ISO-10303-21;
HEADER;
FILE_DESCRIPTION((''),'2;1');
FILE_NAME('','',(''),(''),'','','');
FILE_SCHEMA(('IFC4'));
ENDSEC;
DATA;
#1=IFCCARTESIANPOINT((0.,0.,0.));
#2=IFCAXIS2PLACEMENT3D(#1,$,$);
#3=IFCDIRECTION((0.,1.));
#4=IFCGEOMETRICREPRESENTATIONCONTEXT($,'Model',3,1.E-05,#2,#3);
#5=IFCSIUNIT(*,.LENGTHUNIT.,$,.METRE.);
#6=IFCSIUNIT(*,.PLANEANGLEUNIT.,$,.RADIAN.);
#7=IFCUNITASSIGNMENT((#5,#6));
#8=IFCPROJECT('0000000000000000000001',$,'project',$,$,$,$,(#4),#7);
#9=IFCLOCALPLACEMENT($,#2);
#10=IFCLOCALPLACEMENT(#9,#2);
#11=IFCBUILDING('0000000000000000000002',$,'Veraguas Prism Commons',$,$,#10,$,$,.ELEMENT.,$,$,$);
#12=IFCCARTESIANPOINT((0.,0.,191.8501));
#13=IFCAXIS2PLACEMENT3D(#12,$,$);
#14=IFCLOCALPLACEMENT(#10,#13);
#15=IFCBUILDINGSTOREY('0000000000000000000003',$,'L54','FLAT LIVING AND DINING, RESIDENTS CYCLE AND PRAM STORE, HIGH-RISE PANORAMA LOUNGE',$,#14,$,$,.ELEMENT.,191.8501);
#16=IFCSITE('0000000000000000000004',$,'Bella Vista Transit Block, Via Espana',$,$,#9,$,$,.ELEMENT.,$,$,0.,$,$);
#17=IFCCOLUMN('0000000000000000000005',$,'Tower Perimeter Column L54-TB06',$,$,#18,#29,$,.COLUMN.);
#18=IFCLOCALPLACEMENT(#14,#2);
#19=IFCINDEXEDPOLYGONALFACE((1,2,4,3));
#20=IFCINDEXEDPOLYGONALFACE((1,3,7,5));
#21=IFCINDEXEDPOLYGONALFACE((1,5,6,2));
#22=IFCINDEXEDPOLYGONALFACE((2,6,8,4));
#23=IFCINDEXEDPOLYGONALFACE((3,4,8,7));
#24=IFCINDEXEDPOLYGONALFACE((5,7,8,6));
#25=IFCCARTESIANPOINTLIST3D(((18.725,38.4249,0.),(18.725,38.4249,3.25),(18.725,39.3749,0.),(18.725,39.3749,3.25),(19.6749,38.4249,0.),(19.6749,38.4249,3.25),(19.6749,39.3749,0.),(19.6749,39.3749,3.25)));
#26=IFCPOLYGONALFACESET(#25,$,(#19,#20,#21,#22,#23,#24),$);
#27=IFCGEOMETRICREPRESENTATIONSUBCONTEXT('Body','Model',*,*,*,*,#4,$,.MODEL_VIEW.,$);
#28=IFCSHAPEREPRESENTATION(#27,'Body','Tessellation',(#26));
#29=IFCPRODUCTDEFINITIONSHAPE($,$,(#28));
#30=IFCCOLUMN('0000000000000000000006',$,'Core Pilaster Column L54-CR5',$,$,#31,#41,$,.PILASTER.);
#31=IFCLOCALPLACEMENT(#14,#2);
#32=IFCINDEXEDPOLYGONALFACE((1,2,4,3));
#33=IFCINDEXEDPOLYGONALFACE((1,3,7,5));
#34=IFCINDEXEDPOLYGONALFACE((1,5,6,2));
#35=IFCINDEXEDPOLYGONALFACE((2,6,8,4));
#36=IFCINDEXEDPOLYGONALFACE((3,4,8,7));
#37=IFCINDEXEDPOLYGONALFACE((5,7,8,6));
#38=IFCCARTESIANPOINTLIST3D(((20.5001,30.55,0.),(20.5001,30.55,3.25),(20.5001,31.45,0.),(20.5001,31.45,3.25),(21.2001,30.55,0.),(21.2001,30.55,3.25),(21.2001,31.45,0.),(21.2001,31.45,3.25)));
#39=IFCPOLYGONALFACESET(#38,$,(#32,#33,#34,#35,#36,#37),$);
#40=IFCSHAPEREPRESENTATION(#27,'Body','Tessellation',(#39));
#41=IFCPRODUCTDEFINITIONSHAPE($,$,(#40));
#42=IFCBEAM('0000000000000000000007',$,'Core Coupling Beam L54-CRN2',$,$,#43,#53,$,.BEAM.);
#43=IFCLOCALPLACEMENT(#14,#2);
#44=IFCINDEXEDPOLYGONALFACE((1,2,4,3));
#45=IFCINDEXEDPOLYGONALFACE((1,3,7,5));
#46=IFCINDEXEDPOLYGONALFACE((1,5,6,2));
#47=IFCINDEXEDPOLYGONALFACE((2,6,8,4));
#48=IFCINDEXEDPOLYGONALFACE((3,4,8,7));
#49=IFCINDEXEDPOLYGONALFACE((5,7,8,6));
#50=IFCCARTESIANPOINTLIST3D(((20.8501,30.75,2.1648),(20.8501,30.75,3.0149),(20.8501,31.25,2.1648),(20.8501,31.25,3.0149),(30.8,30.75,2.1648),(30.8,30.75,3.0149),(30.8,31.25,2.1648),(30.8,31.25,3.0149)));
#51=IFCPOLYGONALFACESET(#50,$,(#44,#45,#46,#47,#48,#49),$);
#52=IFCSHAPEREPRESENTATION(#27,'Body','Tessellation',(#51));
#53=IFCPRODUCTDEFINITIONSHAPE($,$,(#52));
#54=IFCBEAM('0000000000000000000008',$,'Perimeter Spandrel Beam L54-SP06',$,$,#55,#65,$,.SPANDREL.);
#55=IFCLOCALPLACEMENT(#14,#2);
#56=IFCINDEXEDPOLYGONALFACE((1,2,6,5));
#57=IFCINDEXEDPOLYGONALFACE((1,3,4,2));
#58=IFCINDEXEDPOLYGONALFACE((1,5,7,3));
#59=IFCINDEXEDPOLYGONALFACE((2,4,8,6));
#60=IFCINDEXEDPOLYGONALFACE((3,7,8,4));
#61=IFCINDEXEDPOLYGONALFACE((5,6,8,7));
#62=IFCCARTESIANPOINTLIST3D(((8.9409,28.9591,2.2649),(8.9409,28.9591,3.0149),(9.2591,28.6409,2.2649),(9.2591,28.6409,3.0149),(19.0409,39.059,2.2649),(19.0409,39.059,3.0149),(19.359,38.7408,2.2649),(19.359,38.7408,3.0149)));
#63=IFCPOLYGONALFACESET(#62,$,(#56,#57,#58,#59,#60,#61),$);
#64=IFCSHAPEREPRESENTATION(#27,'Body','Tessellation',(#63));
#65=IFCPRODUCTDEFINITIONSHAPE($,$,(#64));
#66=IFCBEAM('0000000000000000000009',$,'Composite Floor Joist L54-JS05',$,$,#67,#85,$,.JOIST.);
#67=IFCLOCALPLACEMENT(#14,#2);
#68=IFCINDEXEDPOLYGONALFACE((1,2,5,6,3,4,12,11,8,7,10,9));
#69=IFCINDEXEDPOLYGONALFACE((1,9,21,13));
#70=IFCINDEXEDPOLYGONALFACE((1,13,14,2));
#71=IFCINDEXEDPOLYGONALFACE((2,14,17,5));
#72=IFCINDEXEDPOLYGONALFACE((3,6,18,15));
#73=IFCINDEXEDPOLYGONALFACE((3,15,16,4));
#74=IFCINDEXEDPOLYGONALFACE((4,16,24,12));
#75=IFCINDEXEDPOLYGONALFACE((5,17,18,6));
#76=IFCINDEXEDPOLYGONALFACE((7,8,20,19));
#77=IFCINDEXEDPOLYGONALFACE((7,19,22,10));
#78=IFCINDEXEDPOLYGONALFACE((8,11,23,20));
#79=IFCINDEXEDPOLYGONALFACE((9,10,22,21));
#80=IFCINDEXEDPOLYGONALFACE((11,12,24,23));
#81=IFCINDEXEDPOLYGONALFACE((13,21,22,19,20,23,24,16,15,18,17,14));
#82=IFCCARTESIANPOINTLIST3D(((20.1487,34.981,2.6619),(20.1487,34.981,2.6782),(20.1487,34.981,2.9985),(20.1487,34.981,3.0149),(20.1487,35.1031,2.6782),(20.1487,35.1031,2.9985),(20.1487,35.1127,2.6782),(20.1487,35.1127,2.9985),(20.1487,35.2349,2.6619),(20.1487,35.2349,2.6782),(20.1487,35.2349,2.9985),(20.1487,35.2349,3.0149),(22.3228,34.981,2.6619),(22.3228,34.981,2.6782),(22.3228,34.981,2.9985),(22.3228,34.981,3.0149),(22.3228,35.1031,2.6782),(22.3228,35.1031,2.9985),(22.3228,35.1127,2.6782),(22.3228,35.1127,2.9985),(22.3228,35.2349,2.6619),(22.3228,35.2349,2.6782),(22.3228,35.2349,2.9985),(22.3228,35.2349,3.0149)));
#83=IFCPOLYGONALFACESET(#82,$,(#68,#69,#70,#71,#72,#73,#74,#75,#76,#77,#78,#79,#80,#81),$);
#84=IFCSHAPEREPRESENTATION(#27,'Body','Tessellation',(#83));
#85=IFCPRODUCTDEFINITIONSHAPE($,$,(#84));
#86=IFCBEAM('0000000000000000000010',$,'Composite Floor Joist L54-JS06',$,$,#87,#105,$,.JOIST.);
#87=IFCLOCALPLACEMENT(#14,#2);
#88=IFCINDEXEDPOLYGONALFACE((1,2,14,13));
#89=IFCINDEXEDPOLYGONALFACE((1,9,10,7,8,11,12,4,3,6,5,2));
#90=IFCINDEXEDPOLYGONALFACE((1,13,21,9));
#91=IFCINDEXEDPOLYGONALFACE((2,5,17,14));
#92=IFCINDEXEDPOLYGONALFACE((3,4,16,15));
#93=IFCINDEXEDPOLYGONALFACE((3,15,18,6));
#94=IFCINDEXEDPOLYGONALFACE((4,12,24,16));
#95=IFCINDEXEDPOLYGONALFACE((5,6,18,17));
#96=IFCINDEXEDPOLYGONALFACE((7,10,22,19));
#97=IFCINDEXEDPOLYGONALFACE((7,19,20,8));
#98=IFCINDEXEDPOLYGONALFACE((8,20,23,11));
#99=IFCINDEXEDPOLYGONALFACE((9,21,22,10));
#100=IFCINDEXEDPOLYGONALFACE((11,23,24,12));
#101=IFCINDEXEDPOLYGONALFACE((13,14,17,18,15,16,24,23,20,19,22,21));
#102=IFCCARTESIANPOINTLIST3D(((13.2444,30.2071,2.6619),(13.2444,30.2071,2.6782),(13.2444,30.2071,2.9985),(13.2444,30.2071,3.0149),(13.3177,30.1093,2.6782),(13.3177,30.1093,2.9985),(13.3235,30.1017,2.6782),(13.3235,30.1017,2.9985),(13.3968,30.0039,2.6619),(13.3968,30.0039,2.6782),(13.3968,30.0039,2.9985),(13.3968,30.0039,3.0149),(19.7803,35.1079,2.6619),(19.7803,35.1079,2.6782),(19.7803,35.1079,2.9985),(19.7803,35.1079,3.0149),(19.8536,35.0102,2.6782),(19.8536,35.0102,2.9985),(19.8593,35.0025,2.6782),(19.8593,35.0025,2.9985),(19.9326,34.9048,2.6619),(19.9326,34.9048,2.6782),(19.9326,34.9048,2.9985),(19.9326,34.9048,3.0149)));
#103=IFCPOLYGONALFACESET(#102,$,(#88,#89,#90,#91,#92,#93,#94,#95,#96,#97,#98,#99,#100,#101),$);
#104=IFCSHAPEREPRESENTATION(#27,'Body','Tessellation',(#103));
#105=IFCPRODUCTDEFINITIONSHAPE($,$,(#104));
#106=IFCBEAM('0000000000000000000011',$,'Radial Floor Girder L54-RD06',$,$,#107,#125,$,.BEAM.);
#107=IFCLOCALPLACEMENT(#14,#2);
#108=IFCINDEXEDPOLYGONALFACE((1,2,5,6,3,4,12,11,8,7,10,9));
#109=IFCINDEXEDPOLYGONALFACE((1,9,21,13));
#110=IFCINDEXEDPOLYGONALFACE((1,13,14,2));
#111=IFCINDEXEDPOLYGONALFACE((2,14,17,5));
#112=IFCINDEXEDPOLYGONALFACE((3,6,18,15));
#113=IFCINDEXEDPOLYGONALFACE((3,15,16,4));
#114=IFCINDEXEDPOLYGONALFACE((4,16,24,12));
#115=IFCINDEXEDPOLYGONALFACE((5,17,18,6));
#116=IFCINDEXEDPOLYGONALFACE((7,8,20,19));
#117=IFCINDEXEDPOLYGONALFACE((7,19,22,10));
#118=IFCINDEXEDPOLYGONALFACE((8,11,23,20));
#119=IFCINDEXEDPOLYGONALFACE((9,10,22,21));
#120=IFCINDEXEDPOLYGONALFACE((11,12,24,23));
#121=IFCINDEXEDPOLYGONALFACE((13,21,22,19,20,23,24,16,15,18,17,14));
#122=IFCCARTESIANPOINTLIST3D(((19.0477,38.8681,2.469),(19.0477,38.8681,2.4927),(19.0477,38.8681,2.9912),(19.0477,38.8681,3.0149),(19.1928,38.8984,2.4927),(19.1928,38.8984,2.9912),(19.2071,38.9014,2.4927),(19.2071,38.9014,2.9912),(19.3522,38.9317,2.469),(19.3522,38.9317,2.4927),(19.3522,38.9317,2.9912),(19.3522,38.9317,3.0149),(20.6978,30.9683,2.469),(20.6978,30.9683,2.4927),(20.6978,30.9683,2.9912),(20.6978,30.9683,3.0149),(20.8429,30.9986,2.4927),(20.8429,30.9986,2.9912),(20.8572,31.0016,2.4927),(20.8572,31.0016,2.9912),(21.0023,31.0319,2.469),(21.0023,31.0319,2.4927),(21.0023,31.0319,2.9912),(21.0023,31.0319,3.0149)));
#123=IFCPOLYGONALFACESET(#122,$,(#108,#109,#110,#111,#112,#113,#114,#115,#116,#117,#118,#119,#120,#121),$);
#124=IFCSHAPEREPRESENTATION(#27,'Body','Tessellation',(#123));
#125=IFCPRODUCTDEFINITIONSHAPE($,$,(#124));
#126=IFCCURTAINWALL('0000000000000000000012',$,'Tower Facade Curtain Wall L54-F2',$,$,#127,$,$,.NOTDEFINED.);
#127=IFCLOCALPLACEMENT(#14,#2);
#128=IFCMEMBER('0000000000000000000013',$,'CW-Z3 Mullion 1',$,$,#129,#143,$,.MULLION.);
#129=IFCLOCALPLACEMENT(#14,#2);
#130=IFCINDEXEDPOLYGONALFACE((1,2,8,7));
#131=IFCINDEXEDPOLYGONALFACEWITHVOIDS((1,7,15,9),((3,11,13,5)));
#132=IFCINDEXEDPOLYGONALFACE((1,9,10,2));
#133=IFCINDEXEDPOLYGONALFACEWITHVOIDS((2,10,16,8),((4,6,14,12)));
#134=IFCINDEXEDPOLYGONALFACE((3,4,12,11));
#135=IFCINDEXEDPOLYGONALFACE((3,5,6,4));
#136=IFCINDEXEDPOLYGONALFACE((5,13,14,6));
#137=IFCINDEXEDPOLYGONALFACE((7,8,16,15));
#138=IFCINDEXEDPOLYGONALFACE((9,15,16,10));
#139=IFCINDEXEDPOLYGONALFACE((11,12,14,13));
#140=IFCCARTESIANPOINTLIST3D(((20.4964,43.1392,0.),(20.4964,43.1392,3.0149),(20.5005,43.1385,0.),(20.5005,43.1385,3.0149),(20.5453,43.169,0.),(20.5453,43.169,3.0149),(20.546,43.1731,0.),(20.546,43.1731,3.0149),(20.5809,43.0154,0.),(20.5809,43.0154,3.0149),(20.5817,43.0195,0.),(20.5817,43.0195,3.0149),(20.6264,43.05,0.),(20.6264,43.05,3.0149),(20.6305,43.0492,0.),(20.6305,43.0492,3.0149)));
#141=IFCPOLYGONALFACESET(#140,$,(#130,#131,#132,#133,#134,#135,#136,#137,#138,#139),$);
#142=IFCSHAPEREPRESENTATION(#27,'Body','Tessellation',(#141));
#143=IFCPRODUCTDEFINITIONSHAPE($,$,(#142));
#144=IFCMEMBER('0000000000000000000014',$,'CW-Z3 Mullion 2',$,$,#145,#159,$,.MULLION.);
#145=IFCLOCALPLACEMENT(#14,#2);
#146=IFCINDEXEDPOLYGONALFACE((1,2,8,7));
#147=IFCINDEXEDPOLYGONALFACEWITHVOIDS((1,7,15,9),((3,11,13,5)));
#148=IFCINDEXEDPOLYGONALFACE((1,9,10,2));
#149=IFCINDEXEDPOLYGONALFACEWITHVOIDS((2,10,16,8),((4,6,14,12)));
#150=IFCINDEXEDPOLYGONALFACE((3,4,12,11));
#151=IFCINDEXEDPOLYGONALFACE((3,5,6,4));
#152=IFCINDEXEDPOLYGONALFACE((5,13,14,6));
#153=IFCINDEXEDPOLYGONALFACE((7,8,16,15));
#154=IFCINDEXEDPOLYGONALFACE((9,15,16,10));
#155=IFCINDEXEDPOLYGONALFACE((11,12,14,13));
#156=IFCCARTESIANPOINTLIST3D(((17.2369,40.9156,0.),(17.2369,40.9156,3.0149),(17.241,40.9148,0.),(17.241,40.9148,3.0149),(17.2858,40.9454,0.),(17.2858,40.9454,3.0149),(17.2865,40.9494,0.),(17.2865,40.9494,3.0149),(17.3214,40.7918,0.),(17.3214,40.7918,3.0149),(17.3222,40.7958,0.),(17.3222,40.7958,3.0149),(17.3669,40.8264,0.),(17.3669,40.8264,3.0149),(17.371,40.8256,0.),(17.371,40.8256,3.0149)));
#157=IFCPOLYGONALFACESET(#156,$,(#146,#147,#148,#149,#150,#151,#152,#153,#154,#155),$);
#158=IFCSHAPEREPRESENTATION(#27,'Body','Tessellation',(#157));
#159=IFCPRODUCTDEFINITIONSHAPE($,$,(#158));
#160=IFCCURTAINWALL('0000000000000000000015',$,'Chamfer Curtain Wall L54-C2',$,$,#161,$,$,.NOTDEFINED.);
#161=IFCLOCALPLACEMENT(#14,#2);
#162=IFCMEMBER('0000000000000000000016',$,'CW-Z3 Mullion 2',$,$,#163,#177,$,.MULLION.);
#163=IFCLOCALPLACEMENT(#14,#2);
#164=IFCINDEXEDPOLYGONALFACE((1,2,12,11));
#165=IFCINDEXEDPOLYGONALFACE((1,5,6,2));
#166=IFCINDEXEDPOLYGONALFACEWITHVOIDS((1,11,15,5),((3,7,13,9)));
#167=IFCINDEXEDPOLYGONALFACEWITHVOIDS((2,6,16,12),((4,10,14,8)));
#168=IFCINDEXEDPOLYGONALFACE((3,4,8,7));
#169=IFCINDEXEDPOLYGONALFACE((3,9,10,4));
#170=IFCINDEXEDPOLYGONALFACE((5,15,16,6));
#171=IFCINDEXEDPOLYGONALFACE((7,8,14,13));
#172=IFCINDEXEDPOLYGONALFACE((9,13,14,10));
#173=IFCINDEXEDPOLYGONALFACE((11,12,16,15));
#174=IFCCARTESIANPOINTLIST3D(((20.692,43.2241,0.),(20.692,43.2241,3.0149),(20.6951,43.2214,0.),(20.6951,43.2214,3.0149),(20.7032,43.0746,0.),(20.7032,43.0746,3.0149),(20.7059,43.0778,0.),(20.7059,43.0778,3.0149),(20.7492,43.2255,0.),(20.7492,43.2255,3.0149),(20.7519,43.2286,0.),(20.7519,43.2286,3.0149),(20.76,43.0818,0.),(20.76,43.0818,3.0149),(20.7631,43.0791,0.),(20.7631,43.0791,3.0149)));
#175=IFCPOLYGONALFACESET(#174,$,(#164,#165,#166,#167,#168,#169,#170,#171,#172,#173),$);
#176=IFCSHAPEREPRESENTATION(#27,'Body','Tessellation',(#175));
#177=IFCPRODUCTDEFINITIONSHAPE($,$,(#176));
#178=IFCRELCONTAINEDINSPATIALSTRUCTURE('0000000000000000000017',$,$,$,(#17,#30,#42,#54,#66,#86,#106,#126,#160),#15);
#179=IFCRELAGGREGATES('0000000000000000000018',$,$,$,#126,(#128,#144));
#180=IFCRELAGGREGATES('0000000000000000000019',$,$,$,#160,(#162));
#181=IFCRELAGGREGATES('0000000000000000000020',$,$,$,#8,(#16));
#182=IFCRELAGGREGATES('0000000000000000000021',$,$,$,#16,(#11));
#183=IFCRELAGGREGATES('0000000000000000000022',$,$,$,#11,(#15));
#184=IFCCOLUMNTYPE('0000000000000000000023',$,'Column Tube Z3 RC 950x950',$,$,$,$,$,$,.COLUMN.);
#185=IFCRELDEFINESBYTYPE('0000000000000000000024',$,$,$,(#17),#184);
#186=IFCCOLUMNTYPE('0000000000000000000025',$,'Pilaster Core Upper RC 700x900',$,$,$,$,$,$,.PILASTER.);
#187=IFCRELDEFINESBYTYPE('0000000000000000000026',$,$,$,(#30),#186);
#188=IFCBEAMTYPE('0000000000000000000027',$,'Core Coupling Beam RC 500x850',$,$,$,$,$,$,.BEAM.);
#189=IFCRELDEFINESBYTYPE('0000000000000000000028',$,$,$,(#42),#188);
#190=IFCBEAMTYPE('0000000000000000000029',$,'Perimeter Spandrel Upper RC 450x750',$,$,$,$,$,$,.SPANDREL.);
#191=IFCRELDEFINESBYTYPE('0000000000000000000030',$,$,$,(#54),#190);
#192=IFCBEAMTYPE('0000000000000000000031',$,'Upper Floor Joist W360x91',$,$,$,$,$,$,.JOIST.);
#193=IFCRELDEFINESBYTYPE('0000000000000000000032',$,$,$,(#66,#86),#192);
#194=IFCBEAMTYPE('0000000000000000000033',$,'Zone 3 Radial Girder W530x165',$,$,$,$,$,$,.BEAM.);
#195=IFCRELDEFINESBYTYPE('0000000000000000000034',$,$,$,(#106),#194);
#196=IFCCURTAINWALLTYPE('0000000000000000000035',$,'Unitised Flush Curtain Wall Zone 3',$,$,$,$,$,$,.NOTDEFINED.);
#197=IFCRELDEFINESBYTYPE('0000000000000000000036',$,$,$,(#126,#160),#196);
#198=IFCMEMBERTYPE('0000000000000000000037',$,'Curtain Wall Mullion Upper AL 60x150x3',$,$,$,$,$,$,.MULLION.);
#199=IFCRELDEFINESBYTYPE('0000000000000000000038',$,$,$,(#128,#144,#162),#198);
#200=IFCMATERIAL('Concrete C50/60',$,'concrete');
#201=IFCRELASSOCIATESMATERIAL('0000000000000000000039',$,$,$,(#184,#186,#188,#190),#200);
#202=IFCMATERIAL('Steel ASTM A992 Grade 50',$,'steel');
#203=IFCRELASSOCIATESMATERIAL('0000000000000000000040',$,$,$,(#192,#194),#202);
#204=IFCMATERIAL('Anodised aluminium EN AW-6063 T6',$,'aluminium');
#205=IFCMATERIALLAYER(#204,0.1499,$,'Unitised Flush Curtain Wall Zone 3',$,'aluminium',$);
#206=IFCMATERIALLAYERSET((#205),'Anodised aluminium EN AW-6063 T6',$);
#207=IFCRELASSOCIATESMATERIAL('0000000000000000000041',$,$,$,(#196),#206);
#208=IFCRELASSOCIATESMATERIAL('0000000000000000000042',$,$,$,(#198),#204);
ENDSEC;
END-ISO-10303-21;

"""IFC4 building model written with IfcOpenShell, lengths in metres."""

from ifc_helpers import new_model, si_unit, direction, frame, origin, origin_2d, place, context, subcontext, project, spatial, rectangle, hollow_rectangle, i_section, extrude, source, transform, mapped, material, layer, layer_set, material_profile, profile_set, type_object, element, aggregate, save


model = new_model("IFC4")

# Units and contexts
model_context = context("Model", 3, precision=1e-05, world=origin(), true_north=direction((0.0, 1.0)))
body_context = subcontext(model_context, "Body", "Model", "MODEL_VIEW")
ifc_project = project(units=[si_unit("LENGTHUNIT", "METRE"), si_unit("PLANEANGLEUNIT", "RADIAN")], contexts=[model_context])

# Site, building, storey
site_placement = place(None, origin())
site = spatial("IfcSite", under=ifc_project, at=site_placement, Name="Bella Vista Transit Block, Via Espana", CompositionType="ELEMENT", RefElevation=0.0)
building_placement = place(site_placement, origin())
building = spatial("IfcBuilding", under=site, at=building_placement, Name="Veraguas Prism Commons", CompositionType="ELEMENT")
storey_placement = place(building_placement, frame((0.0, 0.0, 191.8501)))
storey = spatial("IfcBuildingStorey", under=building, at=storey_placement, Name="L54", Description="FLAT LIVING AND DINING, RESIDENTS CYCLE AND PRAM STORE, HIGH-RISE PANORAMA LOUNGE", CompositionType="ELEMENT", Elevation=191.8501)

# Columns
ifc_material_1 = material(Name="Concrete C50/60", Category="concrete")
ifc_material_profile_1 = material_profile(ifc_material_1, rectangle(XDim=0.95, YDim=0.95, at=origin_2d()), Name="RC950X950")
ifc_profile_set_1 = profile_set([ifc_material_profile_1], Name="Concrete C50/60")
column_type_1 = type_object("IfcColumnType", Name="Column Tube Z3 RC 950x950", PredefinedType="COLUMN", material=ifc_profile_set_1)
column_1_placement = place(storey_placement, frame((19.2, 38.8999, 0.0), z_axis=(0.0, 0.0, 1.0), x_axis=(1.0, 0.0, 0.0)))
element("IfcColumn", 1, at=column_1_placement, inside=storey, type_object=column_type_1, Name="Tower Perimeter Column L54-TB06", PredefinedType="COLUMN", context=body_context, shape_type="SweptSolid", body=[
    extrude(rectangle(XDim=0.95, YDim=0.95, at=origin_2d()), origin(), (0.0, 0.0, 1.0), 3.25),
])
ifc_material_profile_2 = material_profile(ifc_material_1, rectangle(XDim=0.7, YDim=0.8999, at=origin_2d()), Name="RC700X900")
ifc_profile_set_2 = profile_set([ifc_material_profile_2], Name="Concrete C50/60")
column_type_2 = type_object("IfcColumnType", Name="Pilaster Core Upper RC 700x900", PredefinedType="PILASTER", material=ifc_profile_set_2)
column_2_placement = place(storey_placement, frame((20.8501, 31.0, 0.0), z_axis=(0.0, 0.0, 1.0), x_axis=(1.0, 0.0, 0.0)))
element("IfcColumn", 2, at=column_2_placement, inside=storey, type_object=column_type_2, Name="Core Pilaster Column L54-CR5", PredefinedType="PILASTER", context=body_context, shape_type="SweptSolid", body=[
    extrude(rectangle(XDim=0.7, YDim=0.8999, at=origin_2d()), origin(), (0.0, 0.0, 1.0), 3.25),
])

# Beams
ifc_material_profile_3 = material_profile(ifc_material_1, rectangle(XDim=0.5, YDim=0.8501, at=origin_2d()), Name="RC500X850")
ifc_profile_set_3 = profile_set([ifc_material_profile_3], Name="Concrete C50/60")
beam_type_1 = type_object("IfcBeamType", Name="Core Coupling Beam RC 500x850", PredefinedType="BEAM", material=ifc_profile_set_3)
beam_1_placement = place(storey_placement, frame((20.8501, 31.0, 2.5898), z_axis=(1.0, 0.0, 0.0), x_axis=(0.0, 1.0, 0.0)))
element("IfcBeam", 3, at=beam_1_placement, inside=storey, type_object=beam_type_1, Name="Core Coupling Beam L54-CRN2", PredefinedType="BEAM", context=body_context, shape_type="SweptSolid", body=[
    extrude(rectangle(XDim=0.5, YDim=0.8501, at=origin_2d()), origin(), (0.0, 0.0, 1.0), 9.95),
])
ifc_material_profile_4 = material_profile(ifc_material_1, rectangle(XDim=0.45, YDim=0.75, at=origin_2d()), Name="RC450X750")
ifc_profile_set_4 = profile_set([ifc_material_profile_4], Name="Concrete C50/60")
beam_type_2 = type_object("IfcBeamType", Name="Perimeter Spandrel Upper RC 450x750", PredefinedType="SPANDREL", material=ifc_profile_set_4)
beam_2_placement = place(storey_placement, frame((19.2, 38.8999, 2.6399), z_axis=(-0.707107, -0.707107, 0.0), x_axis=(0.707107, -0.707107, 0.0)))
element("IfcBeam", 4, at=beam_2_placement, inside=storey, type_object=beam_type_2, Name="Perimeter Spandrel Beam L54-SP06", PredefinedType="SPANDREL", context=body_context, shape_type="SweptSolid", body=[
    extrude(rectangle(XDim=0.45, YDim=0.75, at=origin_2d()), origin(), (0.0, 0.0, 1.0), 14.2834),
])
ifc_material_2 = material(Name="Steel ASTM A992 Grade 50", Category="steel")
ifc_material_profile_5 = material_profile(ifc_material_2, i_section(OverallWidth=0.2539, OverallDepth=0.353, WebThickness=0.0095, FlangeThickness=0.0164, at=origin_2d()), Name="W360X91")
ifc_profile_set_5 = profile_set([ifc_material_profile_5], Name="Steel ASTM A992 Grade 50")
beam_type_3 = type_object("IfcBeamType", Name="Upper Floor Joist W360x91", PredefinedType="JOIST", material=ifc_profile_set_5)
beam_3_placement = place(storey_placement, frame((22.3228, 35.1079, 2.8384), z_axis=(-1.0, 0.0, 0.0), x_axis=(0.0, -1.0, 0.0)))
element("IfcBeam", 5, at=beam_3_placement, inside=storey, type_object=beam_type_3, Name="Composite Floor Joist L54-JS05", PredefinedType="JOIST", context=body_context, shape_type="SweptSolid", body=[
    extrude(i_section(OverallWidth=0.2539, OverallDepth=0.353, WebThickness=0.0095, FlangeThickness=0.0164, at=origin_2d()), origin(), (0.0, 0.0, 1.0), 2.1741),
])
beam_4_placement = place(storey_placement, frame((19.8564, 35.0063, 2.8384), z_axis=(-0.800061, -0.599919, 0.0), x_axis=(0.599919, -0.800061, 0.0)))
element("IfcBeam", 6, at=beam_4_placement, inside=storey, type_object=beam_type_3, Name="Composite Floor Joist L54-JS06", PredefinedType="JOIST", context=body_context, shape_type="SweptSolid", body=[
    extrude(i_section(OverallWidth=0.2539, OverallDepth=0.353, WebThickness=0.0095, FlangeThickness=0.0164, at=origin_2d()), origin(), (0.0, 0.0, 1.0), 8.1692),
])
ifc_material_profile_6 = material_profile(ifc_material_2, i_section(OverallWidth=0.311, OverallDepth=0.5459, WebThickness=0.0146, FlangeThickness=0.0237, at=origin_2d()), Name="W530X165")
ifc_profile_set_6 = profile_set([ifc_material_profile_6], Name="Steel ASTM A992 Grade 50")
beam_type_4 = type_object("IfcBeamType", Name="Zone 3 Radial Girder W530x165", PredefinedType="BEAM", material=ifc_profile_set_6)
beam_5_placement = place(storey_placement, frame((19.2, 38.8999, 2.7419), z_axis=(0.204469, -0.978873, 0.0), x_axis=(0.978873, 0.204469, 0.0)))
element("IfcBeam", 7, at=beam_5_placement, inside=storey, type_object=beam_type_4, Name="Radial Floor Girder L54-RD06", PredefinedType="BEAM", context=body_context, shape_type="SweptSolid", body=[
    extrude(i_section(OverallWidth=0.311, OverallDepth=0.5459, WebThickness=0.0146, FlangeThickness=0.0237, at=origin_2d()), origin(), (0.0, 0.0, 1.0), 8.0703),
])

# Curtain wall, members
ifc_material_3 = material(Name="Anodised aluminium EN AW-6063 T6", Category="aluminium")
ifc_layer_1 = layer(ifc_material_3, 0.1499, Name="Unitised Flush Curtain Wall Zone 3", Category="aluminium")
ifc_layer_set_1 = layer_set([ifc_layer_1], Name="Anodised aluminium EN AW-6063 T6")
curtain_wall_type = type_object("IfcCurtainWallType", Name="Unitised Flush Curtain Wall Zone 3", PredefinedType="NOTDEFINED", material=ifc_layer_set_1)
curtain_wall_1_placement = place(storey_placement, origin())
curtain_wall_1 = element("IfcCurtainWall", 8, at=curtain_wall_1_placement, inside=storey, type_object=curtain_wall_type, Name="Tower Facade Curtain Wall L54-F2", PredefinedType="NOTDEFINED")
ifc_material_profile_7 = material_profile(ifc_material_3, hollow_rectangle(XDim=0.0601, YDim=0.1499, WallThickness=0.0029, at=origin_2d()), Name="AL60X150X3")
ifc_profile_set_7 = profile_set([ifc_material_profile_7], Name="Anodised aluminium EN AW-6063 T6")
member_type_1 = type_object("IfcMemberType", Name="Curtain Wall Mullion Upper AL 60x150x3", PredefinedType="MULLION", material=ifc_profile_set_7)
shared_shape_1 = source(origin(), body_context, "Body", "SweptSolid", [
    extrude(hollow_rectangle(XDim=0.0601, YDim=0.1499, WallThickness=0.0029, at=origin_2d()), origin(), (0.0, 0.0, 1.0), 3.0149),
])
member_1_placement = place(storey_placement, frame((20.5635, 43.0942, 0.0), z_axis=(0.0, 0.0, 1.0), x_axis=(-0.826095, -0.56353, 0.0)))
member_1 = element("IfcMember", 9, at=member_1_placement, type_object=member_type_1, Name="CW-Z3 Mullion 1", PredefinedType="MULLION", context=body_context, shape_type="MappedRepresentation", body=[
    mapped(shared_shape_1, transform((0.0, 0.0, 0.0), scale=1.0)),
])
member_2_placement = place(storey_placement, frame((17.304, 40.8706, 0.0), z_axis=(0.0, 0.0, 1.0), x_axis=(-0.826095, -0.56353, 0.0)))
member_2 = element("IfcMember", 10, at=member_2_placement, type_object=member_type_1, Name="CW-Z3 Mullion 2", PredefinedType="MULLION", context=body_context, shape_type="MappedRepresentation", body=[
    mapped(shared_shape_1, transform((0.0, 0.0, 0.0), scale=1.0)),
])

# Curtain wall, member
curtain_wall_2_placement = place(storey_placement, origin())
curtain_wall_2 = element("IfcCurtainWall", 11, at=curtain_wall_2_placement, inside=storey, type_object=curtain_wall_type, Name="Chamfer Curtain Wall L54-C2", PredefinedType="NOTDEFINED")
member_3_placement = place(storey_placement, frame((20.7275, 43.1516, 0.0), z_axis=(0.0, 0.0, 1.0), x_axis=(-0.997185, -0.074977, 0.0)))
member_3 = element("IfcMember", 12, at=member_3_placement, type_object=member_type_1, Name="CW-Z3 Mullion 2", PredefinedType="MULLION", context=body_context, shape_type="MappedRepresentation", body=[
    mapped(shared_shape_1, transform((0.0, 0.0, 0.0), scale=1.0)),
])

aggregate(curtain_wall_1, [member_1, member_2])
aggregate(curtain_wall_2, [member_3])

save(model, "model.ifc")
